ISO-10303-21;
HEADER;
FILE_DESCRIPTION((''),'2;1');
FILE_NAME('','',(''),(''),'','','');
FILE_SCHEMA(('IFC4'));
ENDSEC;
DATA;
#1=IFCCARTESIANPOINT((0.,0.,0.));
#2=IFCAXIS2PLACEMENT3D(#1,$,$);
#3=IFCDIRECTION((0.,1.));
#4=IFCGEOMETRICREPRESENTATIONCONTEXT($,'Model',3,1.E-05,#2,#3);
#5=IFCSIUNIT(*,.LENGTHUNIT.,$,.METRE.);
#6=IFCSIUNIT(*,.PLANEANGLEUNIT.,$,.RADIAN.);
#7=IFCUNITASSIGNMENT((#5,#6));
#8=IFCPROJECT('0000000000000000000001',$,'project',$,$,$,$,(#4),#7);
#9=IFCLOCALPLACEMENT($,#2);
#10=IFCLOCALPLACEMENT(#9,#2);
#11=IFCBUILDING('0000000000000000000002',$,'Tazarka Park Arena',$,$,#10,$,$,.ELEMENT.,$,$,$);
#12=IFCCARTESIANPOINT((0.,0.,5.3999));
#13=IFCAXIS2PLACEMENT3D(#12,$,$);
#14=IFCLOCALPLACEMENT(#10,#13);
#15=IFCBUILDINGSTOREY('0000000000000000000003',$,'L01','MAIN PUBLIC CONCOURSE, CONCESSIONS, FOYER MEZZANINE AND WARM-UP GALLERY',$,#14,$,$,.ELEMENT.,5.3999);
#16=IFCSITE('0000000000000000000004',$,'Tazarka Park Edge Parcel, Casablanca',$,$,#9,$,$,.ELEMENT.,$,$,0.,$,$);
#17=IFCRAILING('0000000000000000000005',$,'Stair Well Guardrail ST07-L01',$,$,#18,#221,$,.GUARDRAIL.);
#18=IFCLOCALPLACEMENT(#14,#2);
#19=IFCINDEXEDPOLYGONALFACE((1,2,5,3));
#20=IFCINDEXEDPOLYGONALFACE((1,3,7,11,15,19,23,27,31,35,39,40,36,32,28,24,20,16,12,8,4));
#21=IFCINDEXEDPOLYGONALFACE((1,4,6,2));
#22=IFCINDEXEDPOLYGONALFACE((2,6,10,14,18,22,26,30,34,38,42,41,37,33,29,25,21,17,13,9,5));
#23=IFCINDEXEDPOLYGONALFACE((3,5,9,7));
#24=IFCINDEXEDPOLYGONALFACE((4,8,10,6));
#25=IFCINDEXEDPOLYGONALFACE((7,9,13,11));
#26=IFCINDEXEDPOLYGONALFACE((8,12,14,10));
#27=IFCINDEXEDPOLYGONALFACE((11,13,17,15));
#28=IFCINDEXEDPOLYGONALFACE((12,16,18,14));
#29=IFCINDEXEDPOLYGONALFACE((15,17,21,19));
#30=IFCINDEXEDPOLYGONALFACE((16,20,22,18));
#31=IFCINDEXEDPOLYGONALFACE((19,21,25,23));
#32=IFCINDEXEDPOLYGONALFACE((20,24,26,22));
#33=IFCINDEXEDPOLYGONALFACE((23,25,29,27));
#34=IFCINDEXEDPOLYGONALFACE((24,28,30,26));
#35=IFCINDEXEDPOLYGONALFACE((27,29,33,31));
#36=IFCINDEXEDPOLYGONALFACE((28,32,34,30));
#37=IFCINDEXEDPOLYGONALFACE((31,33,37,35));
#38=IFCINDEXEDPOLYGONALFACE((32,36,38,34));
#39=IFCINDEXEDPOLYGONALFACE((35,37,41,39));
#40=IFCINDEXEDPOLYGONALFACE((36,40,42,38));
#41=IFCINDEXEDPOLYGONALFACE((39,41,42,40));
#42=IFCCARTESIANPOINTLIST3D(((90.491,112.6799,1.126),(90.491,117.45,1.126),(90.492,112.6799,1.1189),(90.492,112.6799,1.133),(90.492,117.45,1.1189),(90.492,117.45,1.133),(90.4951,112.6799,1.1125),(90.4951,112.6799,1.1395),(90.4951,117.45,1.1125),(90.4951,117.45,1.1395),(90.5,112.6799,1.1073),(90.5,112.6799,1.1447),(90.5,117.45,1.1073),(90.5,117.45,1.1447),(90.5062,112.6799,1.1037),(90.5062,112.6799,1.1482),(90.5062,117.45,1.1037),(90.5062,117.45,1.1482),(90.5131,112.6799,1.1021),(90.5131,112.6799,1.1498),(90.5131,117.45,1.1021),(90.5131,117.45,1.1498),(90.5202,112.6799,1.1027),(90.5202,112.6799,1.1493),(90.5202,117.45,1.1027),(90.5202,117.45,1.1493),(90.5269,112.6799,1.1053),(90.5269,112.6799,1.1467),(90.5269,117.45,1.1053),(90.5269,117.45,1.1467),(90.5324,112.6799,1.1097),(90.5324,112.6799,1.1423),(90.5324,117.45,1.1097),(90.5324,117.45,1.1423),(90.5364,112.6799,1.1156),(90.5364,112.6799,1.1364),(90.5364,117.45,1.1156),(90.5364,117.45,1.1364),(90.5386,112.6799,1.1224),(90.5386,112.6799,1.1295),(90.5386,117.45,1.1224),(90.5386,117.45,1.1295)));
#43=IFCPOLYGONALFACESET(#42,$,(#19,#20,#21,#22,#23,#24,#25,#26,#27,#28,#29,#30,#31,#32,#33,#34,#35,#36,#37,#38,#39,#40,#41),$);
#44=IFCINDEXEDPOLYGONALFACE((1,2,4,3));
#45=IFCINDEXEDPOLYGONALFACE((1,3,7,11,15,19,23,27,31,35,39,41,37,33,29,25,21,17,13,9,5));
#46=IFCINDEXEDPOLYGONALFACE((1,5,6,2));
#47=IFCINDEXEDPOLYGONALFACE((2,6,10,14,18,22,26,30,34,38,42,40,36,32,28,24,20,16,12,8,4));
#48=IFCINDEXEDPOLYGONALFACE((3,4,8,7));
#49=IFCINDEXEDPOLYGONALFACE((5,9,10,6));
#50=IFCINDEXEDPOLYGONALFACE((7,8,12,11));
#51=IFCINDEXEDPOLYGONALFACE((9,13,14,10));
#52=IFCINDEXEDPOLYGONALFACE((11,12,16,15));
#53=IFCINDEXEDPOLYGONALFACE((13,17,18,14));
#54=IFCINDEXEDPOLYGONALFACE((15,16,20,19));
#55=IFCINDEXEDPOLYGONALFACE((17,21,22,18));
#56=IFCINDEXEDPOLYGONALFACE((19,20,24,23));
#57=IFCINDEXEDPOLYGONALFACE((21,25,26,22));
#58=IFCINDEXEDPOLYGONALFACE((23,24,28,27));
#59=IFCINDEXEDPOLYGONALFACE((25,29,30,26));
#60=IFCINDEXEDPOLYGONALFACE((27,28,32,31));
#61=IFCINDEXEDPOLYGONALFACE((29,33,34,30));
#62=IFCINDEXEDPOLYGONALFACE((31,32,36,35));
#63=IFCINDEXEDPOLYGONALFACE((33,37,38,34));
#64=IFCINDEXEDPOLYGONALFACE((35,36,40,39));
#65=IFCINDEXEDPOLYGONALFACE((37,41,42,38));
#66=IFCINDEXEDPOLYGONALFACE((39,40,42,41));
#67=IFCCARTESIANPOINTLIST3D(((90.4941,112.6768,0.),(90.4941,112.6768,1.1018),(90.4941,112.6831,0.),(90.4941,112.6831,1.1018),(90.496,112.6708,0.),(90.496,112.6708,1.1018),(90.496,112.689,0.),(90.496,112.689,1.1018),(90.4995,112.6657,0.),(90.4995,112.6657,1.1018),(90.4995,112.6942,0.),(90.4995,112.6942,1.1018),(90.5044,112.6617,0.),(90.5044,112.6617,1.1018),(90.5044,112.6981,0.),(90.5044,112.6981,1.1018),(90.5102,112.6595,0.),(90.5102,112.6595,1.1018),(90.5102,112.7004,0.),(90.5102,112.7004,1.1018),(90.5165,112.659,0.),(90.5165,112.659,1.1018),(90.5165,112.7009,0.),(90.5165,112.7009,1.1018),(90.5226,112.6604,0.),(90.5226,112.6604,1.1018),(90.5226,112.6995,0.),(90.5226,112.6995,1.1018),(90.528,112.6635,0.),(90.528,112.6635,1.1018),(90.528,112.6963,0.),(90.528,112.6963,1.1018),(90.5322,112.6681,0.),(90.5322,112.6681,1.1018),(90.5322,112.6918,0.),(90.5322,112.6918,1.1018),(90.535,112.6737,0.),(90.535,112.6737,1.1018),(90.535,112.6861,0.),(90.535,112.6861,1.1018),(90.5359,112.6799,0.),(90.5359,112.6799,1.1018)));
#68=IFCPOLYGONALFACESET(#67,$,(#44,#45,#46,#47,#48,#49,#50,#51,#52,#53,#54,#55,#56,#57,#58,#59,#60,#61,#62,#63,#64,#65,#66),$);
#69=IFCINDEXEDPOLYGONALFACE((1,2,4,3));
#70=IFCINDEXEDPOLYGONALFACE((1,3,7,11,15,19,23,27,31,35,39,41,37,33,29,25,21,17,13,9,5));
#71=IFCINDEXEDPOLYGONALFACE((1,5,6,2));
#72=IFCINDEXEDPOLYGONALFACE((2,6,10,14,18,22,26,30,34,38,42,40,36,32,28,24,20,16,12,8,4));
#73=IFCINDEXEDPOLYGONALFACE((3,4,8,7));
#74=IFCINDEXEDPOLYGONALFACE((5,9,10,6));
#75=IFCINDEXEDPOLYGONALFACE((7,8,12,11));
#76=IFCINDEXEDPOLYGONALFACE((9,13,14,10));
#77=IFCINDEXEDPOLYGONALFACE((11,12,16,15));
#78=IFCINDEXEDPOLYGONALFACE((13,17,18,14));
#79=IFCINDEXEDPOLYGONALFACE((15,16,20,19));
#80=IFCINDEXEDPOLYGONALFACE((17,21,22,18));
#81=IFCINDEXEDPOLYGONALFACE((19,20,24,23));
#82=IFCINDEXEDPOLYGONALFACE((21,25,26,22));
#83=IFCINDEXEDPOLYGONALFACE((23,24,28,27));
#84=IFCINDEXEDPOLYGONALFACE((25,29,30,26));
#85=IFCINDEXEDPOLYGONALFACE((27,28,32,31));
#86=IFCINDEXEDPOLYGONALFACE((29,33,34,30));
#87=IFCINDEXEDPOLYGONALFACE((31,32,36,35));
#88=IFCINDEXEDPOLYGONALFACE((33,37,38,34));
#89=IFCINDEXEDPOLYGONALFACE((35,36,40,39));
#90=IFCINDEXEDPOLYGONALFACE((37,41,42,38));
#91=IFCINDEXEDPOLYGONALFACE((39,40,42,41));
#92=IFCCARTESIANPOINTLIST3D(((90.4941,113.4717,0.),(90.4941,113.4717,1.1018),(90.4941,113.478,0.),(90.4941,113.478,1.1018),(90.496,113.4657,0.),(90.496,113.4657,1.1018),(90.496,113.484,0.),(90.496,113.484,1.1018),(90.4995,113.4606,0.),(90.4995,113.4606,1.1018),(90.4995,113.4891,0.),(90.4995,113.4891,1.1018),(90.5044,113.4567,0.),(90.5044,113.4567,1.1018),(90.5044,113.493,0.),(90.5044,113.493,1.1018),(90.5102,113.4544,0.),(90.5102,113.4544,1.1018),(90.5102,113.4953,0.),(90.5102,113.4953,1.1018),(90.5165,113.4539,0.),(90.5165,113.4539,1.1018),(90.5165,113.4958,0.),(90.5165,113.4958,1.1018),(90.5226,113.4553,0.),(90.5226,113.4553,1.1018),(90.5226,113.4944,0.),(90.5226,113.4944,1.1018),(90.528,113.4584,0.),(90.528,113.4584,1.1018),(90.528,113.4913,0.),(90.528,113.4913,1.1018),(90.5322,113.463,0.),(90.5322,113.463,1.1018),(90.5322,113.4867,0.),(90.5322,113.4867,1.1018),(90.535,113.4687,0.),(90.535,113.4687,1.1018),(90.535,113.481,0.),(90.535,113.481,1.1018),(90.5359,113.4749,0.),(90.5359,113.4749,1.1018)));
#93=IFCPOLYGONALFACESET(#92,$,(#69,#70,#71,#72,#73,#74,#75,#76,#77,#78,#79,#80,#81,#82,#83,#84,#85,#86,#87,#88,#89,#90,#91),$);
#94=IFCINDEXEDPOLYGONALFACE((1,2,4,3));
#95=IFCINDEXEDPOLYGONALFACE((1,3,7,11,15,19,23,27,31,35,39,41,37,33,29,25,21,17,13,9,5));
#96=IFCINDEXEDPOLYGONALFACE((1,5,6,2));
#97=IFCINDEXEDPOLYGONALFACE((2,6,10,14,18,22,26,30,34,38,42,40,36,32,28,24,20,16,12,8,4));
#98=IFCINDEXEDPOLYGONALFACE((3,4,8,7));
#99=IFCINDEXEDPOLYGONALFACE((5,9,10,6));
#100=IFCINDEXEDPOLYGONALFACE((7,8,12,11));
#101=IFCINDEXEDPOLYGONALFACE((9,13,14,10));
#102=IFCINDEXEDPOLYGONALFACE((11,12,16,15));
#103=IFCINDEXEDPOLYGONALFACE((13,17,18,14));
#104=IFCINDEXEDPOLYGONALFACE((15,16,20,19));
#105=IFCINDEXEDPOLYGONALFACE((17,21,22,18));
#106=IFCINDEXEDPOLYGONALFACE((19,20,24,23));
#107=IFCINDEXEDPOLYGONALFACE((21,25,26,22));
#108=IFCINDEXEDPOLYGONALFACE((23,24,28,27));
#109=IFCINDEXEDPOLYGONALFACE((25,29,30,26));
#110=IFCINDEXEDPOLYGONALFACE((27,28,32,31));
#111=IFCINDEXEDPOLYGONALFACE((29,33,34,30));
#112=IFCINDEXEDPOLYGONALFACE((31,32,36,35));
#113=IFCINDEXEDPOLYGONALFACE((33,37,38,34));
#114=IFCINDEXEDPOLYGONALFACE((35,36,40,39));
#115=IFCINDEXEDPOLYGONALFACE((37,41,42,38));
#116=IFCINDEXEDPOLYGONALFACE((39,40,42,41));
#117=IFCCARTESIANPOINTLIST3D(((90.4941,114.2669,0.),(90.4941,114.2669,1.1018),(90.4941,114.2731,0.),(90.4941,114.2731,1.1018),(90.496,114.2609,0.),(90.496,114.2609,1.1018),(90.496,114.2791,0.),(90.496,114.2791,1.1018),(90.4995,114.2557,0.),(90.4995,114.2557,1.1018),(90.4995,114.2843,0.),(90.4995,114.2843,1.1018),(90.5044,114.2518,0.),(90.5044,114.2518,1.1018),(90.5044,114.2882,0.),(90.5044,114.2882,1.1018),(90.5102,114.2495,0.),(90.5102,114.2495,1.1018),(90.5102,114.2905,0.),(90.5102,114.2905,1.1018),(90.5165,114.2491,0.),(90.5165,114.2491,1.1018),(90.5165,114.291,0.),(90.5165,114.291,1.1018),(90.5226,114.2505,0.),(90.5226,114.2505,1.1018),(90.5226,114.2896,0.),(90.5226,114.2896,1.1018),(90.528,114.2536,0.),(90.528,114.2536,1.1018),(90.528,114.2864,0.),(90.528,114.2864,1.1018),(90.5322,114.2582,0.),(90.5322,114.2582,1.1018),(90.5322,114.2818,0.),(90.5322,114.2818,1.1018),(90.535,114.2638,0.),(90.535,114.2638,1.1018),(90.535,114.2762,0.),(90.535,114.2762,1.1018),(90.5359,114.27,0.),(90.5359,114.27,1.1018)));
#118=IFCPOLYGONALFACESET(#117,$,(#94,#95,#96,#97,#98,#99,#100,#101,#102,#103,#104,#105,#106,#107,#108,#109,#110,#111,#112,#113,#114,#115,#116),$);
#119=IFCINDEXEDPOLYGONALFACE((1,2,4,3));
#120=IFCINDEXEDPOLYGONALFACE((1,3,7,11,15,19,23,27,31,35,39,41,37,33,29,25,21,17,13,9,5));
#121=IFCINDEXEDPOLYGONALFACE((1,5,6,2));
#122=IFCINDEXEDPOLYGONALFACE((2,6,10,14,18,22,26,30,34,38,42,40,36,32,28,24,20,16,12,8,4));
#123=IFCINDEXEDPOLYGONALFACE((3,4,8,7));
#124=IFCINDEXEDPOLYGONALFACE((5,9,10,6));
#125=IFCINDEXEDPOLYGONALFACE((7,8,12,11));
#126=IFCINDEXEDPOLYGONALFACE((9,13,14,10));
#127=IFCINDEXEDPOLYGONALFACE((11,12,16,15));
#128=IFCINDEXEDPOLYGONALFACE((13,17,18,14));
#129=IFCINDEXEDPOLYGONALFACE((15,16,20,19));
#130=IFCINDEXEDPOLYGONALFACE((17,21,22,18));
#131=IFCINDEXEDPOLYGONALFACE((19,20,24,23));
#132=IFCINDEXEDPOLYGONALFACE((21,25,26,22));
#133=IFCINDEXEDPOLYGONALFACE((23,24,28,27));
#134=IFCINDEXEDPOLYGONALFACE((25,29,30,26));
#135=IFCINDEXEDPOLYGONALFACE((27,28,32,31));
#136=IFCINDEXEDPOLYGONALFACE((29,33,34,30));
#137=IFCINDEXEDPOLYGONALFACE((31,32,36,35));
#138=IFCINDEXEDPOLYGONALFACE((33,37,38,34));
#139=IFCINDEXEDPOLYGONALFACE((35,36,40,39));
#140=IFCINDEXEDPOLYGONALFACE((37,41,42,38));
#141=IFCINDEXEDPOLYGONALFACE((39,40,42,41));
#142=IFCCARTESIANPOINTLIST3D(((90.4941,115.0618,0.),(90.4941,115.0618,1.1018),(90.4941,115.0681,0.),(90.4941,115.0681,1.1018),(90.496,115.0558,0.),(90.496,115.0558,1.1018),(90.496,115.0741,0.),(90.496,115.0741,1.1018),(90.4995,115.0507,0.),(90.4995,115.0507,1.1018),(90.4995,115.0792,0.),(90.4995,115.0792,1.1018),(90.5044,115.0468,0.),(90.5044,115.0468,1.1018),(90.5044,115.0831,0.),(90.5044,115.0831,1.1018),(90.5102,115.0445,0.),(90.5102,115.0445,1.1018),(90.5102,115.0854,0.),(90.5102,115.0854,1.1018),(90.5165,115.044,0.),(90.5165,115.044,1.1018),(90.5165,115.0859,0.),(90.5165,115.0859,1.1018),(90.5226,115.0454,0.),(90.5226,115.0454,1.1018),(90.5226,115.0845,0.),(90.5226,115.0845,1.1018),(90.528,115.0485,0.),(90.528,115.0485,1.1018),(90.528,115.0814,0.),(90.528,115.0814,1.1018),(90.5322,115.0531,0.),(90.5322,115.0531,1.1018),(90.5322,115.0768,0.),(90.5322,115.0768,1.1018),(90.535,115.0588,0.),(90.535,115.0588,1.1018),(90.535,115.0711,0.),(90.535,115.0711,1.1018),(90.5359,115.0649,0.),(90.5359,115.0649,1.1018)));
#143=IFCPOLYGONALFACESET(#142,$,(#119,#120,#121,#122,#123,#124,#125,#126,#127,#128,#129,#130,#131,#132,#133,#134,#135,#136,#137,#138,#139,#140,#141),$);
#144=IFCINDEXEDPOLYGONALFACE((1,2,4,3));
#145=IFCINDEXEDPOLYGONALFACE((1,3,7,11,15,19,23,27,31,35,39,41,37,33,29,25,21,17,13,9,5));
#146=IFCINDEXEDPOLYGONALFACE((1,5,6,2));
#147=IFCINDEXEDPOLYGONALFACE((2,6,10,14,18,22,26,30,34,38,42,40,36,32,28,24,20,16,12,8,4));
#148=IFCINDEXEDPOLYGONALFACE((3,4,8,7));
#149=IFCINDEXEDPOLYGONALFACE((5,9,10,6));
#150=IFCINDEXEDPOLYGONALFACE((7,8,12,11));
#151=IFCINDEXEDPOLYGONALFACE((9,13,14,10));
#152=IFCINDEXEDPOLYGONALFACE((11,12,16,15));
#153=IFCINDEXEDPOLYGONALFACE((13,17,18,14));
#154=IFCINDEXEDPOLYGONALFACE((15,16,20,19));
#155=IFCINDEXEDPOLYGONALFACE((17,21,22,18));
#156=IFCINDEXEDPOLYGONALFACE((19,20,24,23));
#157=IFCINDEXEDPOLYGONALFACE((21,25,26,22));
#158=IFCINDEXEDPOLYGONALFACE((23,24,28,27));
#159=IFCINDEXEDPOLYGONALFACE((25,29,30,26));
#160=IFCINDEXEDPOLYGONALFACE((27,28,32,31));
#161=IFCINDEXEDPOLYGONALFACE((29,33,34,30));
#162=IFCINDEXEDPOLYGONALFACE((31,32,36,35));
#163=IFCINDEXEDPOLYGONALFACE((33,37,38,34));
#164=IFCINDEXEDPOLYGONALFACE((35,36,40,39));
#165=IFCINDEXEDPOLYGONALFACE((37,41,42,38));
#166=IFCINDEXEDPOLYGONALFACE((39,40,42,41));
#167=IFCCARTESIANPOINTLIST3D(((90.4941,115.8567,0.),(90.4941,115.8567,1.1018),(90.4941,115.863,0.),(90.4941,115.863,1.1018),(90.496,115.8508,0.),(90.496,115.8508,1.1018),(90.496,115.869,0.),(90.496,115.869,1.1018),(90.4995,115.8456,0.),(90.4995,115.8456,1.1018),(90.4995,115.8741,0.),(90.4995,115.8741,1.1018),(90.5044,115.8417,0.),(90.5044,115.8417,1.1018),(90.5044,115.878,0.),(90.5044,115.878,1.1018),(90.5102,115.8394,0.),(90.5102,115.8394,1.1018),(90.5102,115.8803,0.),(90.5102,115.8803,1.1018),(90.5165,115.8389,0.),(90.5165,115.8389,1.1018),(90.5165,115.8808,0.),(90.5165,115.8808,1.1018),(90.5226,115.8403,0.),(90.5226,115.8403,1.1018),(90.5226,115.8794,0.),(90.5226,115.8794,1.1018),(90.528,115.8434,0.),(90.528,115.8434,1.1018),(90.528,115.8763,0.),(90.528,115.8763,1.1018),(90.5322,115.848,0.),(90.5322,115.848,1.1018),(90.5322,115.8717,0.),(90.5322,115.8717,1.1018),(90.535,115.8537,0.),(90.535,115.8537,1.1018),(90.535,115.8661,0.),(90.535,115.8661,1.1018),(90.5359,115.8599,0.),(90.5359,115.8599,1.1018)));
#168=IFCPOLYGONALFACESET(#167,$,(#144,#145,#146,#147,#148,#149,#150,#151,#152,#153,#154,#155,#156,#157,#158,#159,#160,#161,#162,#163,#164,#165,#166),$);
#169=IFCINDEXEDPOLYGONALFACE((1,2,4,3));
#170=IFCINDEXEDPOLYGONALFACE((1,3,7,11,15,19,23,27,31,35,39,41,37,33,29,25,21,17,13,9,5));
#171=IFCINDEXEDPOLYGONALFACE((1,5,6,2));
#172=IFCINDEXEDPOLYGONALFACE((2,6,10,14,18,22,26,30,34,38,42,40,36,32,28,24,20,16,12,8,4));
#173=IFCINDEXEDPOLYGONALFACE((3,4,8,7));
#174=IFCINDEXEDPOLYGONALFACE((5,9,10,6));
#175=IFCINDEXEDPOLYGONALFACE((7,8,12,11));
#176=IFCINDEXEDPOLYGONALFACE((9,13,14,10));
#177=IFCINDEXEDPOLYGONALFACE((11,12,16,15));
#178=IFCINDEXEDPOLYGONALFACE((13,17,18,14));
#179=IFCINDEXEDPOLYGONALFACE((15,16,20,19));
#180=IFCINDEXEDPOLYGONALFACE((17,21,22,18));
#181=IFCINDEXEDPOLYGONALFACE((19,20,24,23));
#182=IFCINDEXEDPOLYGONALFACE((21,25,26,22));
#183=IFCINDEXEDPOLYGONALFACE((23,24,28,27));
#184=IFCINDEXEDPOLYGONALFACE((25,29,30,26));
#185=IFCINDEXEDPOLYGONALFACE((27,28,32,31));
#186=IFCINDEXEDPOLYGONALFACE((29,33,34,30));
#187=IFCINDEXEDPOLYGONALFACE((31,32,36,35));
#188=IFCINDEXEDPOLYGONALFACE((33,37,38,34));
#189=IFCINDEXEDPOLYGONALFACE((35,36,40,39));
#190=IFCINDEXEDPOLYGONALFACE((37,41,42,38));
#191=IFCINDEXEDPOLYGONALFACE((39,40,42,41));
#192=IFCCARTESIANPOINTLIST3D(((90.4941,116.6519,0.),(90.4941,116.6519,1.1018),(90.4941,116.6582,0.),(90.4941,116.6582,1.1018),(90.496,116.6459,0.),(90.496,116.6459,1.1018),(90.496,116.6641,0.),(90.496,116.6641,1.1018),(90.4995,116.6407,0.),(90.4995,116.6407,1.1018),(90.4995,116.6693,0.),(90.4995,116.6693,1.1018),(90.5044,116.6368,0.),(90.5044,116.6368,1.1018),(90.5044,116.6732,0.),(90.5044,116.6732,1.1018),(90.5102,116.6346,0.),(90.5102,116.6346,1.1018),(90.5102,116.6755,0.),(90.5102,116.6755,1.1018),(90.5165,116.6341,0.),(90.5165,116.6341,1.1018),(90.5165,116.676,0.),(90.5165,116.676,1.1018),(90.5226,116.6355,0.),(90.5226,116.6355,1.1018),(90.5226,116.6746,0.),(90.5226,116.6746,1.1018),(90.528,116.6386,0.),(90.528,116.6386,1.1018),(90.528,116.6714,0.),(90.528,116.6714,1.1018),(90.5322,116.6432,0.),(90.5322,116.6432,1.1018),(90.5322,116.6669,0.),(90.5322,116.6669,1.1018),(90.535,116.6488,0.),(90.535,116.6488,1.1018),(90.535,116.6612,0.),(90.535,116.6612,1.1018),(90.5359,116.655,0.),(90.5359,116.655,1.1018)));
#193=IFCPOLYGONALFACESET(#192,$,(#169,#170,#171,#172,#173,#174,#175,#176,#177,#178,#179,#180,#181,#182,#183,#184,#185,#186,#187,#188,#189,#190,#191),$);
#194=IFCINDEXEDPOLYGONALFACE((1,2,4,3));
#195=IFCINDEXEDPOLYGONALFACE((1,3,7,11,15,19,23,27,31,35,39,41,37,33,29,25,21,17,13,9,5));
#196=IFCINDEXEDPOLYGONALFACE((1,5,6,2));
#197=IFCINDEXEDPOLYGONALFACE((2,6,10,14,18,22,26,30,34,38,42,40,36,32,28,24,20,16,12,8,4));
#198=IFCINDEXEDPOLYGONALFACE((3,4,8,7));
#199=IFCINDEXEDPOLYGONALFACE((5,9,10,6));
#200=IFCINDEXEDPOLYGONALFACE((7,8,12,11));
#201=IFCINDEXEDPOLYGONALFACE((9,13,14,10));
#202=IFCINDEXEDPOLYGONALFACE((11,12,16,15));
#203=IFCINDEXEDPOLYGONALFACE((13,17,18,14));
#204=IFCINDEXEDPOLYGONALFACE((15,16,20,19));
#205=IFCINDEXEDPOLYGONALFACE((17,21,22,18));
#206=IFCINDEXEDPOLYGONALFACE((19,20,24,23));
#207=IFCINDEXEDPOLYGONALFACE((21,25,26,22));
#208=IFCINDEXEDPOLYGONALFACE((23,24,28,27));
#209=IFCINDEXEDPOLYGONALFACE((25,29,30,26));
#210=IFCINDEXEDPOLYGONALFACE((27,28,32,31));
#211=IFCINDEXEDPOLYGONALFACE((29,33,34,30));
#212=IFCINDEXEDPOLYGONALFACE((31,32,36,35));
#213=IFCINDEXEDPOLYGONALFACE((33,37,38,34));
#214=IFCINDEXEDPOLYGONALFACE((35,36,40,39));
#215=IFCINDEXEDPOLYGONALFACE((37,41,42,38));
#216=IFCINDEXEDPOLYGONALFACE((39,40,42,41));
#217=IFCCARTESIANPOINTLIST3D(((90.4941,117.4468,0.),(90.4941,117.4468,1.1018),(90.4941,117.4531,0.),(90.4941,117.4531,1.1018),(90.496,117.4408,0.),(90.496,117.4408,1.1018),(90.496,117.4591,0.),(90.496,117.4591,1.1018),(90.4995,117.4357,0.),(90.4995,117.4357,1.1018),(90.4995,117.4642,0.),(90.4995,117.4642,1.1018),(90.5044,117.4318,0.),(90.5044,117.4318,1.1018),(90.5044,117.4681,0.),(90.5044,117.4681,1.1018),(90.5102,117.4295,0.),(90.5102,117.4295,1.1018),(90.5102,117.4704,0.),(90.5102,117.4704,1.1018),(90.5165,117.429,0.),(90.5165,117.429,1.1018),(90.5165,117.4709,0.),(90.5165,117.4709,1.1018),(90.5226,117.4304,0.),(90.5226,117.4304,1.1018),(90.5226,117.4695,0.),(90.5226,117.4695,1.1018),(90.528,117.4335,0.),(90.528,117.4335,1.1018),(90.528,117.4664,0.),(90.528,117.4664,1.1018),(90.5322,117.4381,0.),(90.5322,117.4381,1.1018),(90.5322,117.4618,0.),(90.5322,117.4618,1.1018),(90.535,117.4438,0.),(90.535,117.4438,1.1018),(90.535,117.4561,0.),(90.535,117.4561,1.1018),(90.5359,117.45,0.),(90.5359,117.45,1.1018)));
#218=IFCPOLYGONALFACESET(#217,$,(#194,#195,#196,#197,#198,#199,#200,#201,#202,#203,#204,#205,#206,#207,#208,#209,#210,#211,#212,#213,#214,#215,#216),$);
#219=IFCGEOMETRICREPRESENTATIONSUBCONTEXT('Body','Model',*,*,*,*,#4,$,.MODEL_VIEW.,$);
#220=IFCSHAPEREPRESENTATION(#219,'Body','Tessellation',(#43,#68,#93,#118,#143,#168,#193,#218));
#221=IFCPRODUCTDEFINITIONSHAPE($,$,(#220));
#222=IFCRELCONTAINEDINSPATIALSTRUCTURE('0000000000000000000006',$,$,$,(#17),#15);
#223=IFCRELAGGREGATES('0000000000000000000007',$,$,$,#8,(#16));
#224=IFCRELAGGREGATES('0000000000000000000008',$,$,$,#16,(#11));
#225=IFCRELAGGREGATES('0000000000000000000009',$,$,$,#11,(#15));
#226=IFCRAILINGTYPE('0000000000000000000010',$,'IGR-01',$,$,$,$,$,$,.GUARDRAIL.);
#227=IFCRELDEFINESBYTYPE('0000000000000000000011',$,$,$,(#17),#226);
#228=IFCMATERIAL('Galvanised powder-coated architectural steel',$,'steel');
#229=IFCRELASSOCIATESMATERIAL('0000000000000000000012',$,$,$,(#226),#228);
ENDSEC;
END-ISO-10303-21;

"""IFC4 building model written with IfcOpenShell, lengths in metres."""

from ifc_helpers import new_model, si_unit, direction, frame, origin, origin_2d, place, context, subcontext, project, spatial, circle, extrude, material, type_object, element, save


model = new_model("IFC4")

# Units and contexts
model_context = context("Model", 3, precision=1e-05, world=origin(), true_north=direction((0.0, 1.0)))
body_context = subcontext(model_context, "Body", "Model", "MODEL_VIEW")
ifc_project = project(units=[si_unit("LENGTHUNIT", "METRE"), si_unit("PLANEANGLEUNIT", "RADIAN")], contexts=[model_context])

# Site, building, storey
site_placement = place(None, origin())
site = spatial("IfcSite", under=ifc_project, at=site_placement, Name="Tazarka Park Edge Parcel, Casablanca", CompositionType="ELEMENT", RefElevation=0.0)
building_placement = place(site_placement, origin())
building = spatial("IfcBuilding", under=site, at=building_placement, Name="Tazarka Park Arena", CompositionType="ELEMENT")
storey_placement = place(building_placement, frame((0.0, 0.0, 5.3999)))
storey = spatial("IfcBuildingStorey", under=building, at=storey_placement, Name="L01", Description="MAIN PUBLIC CONCOURSE, CONCESSIONS, FOYER MEZZANINE AND WARM-UP GALLERY", CompositionType="ELEMENT", Elevation=5.3999)

# Railing
ifc_material_1 = material(Name="Galvanised powder-coated architectural steel", Category="steel")
railing_type = type_object("IfcRailingType", Name="IGR-01", PredefinedType="GUARDRAIL", material=ifc_material_1)
railing_1_placement = place(storey_placement, frame((90.5149, 112.6799, 0.0)))
element("IfcRailing", 1, at=railing_1_placement, inside=storey, type_object=railing_type, Name="Stair Well Guardrail ST07-L01", PredefinedType="GUARDRAIL", context=body_context, shape_type="SweptSolid", body=[
    extrude(circle(Radius=0.0239, at=origin_2d()), frame((0.0, 0.0, 1.126), z_axis=(0.0, 1.0, 0.0), x_axis=(-1.0, 0.0, 0.0)), (0.0, 0.0, 1.0), 4.77),
    extrude(circle(Radius=0.021, at=origin_2d()), origin(), (0.0, 0.0, 1.0), 1.1018),
    extrude(circle(Radius=0.021, at=origin_2d()), frame((0.0, 0.7949, 0.0)), (0.0, 0.0, 1.0), 1.1018),
    extrude(circle(Radius=0.021, at=origin_2d()), frame((0.0, 1.5901, 0.0)), (0.0, 0.0, 1.0), 1.1018),
    extrude(circle(Radius=0.021, at=origin_2d()), frame((0.0, 2.385, 0.0)), (0.0, 0.0, 1.0), 1.1018),
    extrude(circle(Radius=0.021, at=origin_2d()), frame((0.0, 3.1799, 0.0)), (0.0, 0.0, 1.0), 1.1018),
    extrude(circle(Radius=0.021, at=origin_2d()), frame((0.0, 3.9751, 0.0)), (0.0, 0.0, 1.0), 1.1018),
    extrude(circle(Radius=0.021, at=origin_2d()), frame((0.0, 4.77, 0.0)), (0.0, 0.0, 1.0), 1.1018),
])

save(model, "model.ifc")
